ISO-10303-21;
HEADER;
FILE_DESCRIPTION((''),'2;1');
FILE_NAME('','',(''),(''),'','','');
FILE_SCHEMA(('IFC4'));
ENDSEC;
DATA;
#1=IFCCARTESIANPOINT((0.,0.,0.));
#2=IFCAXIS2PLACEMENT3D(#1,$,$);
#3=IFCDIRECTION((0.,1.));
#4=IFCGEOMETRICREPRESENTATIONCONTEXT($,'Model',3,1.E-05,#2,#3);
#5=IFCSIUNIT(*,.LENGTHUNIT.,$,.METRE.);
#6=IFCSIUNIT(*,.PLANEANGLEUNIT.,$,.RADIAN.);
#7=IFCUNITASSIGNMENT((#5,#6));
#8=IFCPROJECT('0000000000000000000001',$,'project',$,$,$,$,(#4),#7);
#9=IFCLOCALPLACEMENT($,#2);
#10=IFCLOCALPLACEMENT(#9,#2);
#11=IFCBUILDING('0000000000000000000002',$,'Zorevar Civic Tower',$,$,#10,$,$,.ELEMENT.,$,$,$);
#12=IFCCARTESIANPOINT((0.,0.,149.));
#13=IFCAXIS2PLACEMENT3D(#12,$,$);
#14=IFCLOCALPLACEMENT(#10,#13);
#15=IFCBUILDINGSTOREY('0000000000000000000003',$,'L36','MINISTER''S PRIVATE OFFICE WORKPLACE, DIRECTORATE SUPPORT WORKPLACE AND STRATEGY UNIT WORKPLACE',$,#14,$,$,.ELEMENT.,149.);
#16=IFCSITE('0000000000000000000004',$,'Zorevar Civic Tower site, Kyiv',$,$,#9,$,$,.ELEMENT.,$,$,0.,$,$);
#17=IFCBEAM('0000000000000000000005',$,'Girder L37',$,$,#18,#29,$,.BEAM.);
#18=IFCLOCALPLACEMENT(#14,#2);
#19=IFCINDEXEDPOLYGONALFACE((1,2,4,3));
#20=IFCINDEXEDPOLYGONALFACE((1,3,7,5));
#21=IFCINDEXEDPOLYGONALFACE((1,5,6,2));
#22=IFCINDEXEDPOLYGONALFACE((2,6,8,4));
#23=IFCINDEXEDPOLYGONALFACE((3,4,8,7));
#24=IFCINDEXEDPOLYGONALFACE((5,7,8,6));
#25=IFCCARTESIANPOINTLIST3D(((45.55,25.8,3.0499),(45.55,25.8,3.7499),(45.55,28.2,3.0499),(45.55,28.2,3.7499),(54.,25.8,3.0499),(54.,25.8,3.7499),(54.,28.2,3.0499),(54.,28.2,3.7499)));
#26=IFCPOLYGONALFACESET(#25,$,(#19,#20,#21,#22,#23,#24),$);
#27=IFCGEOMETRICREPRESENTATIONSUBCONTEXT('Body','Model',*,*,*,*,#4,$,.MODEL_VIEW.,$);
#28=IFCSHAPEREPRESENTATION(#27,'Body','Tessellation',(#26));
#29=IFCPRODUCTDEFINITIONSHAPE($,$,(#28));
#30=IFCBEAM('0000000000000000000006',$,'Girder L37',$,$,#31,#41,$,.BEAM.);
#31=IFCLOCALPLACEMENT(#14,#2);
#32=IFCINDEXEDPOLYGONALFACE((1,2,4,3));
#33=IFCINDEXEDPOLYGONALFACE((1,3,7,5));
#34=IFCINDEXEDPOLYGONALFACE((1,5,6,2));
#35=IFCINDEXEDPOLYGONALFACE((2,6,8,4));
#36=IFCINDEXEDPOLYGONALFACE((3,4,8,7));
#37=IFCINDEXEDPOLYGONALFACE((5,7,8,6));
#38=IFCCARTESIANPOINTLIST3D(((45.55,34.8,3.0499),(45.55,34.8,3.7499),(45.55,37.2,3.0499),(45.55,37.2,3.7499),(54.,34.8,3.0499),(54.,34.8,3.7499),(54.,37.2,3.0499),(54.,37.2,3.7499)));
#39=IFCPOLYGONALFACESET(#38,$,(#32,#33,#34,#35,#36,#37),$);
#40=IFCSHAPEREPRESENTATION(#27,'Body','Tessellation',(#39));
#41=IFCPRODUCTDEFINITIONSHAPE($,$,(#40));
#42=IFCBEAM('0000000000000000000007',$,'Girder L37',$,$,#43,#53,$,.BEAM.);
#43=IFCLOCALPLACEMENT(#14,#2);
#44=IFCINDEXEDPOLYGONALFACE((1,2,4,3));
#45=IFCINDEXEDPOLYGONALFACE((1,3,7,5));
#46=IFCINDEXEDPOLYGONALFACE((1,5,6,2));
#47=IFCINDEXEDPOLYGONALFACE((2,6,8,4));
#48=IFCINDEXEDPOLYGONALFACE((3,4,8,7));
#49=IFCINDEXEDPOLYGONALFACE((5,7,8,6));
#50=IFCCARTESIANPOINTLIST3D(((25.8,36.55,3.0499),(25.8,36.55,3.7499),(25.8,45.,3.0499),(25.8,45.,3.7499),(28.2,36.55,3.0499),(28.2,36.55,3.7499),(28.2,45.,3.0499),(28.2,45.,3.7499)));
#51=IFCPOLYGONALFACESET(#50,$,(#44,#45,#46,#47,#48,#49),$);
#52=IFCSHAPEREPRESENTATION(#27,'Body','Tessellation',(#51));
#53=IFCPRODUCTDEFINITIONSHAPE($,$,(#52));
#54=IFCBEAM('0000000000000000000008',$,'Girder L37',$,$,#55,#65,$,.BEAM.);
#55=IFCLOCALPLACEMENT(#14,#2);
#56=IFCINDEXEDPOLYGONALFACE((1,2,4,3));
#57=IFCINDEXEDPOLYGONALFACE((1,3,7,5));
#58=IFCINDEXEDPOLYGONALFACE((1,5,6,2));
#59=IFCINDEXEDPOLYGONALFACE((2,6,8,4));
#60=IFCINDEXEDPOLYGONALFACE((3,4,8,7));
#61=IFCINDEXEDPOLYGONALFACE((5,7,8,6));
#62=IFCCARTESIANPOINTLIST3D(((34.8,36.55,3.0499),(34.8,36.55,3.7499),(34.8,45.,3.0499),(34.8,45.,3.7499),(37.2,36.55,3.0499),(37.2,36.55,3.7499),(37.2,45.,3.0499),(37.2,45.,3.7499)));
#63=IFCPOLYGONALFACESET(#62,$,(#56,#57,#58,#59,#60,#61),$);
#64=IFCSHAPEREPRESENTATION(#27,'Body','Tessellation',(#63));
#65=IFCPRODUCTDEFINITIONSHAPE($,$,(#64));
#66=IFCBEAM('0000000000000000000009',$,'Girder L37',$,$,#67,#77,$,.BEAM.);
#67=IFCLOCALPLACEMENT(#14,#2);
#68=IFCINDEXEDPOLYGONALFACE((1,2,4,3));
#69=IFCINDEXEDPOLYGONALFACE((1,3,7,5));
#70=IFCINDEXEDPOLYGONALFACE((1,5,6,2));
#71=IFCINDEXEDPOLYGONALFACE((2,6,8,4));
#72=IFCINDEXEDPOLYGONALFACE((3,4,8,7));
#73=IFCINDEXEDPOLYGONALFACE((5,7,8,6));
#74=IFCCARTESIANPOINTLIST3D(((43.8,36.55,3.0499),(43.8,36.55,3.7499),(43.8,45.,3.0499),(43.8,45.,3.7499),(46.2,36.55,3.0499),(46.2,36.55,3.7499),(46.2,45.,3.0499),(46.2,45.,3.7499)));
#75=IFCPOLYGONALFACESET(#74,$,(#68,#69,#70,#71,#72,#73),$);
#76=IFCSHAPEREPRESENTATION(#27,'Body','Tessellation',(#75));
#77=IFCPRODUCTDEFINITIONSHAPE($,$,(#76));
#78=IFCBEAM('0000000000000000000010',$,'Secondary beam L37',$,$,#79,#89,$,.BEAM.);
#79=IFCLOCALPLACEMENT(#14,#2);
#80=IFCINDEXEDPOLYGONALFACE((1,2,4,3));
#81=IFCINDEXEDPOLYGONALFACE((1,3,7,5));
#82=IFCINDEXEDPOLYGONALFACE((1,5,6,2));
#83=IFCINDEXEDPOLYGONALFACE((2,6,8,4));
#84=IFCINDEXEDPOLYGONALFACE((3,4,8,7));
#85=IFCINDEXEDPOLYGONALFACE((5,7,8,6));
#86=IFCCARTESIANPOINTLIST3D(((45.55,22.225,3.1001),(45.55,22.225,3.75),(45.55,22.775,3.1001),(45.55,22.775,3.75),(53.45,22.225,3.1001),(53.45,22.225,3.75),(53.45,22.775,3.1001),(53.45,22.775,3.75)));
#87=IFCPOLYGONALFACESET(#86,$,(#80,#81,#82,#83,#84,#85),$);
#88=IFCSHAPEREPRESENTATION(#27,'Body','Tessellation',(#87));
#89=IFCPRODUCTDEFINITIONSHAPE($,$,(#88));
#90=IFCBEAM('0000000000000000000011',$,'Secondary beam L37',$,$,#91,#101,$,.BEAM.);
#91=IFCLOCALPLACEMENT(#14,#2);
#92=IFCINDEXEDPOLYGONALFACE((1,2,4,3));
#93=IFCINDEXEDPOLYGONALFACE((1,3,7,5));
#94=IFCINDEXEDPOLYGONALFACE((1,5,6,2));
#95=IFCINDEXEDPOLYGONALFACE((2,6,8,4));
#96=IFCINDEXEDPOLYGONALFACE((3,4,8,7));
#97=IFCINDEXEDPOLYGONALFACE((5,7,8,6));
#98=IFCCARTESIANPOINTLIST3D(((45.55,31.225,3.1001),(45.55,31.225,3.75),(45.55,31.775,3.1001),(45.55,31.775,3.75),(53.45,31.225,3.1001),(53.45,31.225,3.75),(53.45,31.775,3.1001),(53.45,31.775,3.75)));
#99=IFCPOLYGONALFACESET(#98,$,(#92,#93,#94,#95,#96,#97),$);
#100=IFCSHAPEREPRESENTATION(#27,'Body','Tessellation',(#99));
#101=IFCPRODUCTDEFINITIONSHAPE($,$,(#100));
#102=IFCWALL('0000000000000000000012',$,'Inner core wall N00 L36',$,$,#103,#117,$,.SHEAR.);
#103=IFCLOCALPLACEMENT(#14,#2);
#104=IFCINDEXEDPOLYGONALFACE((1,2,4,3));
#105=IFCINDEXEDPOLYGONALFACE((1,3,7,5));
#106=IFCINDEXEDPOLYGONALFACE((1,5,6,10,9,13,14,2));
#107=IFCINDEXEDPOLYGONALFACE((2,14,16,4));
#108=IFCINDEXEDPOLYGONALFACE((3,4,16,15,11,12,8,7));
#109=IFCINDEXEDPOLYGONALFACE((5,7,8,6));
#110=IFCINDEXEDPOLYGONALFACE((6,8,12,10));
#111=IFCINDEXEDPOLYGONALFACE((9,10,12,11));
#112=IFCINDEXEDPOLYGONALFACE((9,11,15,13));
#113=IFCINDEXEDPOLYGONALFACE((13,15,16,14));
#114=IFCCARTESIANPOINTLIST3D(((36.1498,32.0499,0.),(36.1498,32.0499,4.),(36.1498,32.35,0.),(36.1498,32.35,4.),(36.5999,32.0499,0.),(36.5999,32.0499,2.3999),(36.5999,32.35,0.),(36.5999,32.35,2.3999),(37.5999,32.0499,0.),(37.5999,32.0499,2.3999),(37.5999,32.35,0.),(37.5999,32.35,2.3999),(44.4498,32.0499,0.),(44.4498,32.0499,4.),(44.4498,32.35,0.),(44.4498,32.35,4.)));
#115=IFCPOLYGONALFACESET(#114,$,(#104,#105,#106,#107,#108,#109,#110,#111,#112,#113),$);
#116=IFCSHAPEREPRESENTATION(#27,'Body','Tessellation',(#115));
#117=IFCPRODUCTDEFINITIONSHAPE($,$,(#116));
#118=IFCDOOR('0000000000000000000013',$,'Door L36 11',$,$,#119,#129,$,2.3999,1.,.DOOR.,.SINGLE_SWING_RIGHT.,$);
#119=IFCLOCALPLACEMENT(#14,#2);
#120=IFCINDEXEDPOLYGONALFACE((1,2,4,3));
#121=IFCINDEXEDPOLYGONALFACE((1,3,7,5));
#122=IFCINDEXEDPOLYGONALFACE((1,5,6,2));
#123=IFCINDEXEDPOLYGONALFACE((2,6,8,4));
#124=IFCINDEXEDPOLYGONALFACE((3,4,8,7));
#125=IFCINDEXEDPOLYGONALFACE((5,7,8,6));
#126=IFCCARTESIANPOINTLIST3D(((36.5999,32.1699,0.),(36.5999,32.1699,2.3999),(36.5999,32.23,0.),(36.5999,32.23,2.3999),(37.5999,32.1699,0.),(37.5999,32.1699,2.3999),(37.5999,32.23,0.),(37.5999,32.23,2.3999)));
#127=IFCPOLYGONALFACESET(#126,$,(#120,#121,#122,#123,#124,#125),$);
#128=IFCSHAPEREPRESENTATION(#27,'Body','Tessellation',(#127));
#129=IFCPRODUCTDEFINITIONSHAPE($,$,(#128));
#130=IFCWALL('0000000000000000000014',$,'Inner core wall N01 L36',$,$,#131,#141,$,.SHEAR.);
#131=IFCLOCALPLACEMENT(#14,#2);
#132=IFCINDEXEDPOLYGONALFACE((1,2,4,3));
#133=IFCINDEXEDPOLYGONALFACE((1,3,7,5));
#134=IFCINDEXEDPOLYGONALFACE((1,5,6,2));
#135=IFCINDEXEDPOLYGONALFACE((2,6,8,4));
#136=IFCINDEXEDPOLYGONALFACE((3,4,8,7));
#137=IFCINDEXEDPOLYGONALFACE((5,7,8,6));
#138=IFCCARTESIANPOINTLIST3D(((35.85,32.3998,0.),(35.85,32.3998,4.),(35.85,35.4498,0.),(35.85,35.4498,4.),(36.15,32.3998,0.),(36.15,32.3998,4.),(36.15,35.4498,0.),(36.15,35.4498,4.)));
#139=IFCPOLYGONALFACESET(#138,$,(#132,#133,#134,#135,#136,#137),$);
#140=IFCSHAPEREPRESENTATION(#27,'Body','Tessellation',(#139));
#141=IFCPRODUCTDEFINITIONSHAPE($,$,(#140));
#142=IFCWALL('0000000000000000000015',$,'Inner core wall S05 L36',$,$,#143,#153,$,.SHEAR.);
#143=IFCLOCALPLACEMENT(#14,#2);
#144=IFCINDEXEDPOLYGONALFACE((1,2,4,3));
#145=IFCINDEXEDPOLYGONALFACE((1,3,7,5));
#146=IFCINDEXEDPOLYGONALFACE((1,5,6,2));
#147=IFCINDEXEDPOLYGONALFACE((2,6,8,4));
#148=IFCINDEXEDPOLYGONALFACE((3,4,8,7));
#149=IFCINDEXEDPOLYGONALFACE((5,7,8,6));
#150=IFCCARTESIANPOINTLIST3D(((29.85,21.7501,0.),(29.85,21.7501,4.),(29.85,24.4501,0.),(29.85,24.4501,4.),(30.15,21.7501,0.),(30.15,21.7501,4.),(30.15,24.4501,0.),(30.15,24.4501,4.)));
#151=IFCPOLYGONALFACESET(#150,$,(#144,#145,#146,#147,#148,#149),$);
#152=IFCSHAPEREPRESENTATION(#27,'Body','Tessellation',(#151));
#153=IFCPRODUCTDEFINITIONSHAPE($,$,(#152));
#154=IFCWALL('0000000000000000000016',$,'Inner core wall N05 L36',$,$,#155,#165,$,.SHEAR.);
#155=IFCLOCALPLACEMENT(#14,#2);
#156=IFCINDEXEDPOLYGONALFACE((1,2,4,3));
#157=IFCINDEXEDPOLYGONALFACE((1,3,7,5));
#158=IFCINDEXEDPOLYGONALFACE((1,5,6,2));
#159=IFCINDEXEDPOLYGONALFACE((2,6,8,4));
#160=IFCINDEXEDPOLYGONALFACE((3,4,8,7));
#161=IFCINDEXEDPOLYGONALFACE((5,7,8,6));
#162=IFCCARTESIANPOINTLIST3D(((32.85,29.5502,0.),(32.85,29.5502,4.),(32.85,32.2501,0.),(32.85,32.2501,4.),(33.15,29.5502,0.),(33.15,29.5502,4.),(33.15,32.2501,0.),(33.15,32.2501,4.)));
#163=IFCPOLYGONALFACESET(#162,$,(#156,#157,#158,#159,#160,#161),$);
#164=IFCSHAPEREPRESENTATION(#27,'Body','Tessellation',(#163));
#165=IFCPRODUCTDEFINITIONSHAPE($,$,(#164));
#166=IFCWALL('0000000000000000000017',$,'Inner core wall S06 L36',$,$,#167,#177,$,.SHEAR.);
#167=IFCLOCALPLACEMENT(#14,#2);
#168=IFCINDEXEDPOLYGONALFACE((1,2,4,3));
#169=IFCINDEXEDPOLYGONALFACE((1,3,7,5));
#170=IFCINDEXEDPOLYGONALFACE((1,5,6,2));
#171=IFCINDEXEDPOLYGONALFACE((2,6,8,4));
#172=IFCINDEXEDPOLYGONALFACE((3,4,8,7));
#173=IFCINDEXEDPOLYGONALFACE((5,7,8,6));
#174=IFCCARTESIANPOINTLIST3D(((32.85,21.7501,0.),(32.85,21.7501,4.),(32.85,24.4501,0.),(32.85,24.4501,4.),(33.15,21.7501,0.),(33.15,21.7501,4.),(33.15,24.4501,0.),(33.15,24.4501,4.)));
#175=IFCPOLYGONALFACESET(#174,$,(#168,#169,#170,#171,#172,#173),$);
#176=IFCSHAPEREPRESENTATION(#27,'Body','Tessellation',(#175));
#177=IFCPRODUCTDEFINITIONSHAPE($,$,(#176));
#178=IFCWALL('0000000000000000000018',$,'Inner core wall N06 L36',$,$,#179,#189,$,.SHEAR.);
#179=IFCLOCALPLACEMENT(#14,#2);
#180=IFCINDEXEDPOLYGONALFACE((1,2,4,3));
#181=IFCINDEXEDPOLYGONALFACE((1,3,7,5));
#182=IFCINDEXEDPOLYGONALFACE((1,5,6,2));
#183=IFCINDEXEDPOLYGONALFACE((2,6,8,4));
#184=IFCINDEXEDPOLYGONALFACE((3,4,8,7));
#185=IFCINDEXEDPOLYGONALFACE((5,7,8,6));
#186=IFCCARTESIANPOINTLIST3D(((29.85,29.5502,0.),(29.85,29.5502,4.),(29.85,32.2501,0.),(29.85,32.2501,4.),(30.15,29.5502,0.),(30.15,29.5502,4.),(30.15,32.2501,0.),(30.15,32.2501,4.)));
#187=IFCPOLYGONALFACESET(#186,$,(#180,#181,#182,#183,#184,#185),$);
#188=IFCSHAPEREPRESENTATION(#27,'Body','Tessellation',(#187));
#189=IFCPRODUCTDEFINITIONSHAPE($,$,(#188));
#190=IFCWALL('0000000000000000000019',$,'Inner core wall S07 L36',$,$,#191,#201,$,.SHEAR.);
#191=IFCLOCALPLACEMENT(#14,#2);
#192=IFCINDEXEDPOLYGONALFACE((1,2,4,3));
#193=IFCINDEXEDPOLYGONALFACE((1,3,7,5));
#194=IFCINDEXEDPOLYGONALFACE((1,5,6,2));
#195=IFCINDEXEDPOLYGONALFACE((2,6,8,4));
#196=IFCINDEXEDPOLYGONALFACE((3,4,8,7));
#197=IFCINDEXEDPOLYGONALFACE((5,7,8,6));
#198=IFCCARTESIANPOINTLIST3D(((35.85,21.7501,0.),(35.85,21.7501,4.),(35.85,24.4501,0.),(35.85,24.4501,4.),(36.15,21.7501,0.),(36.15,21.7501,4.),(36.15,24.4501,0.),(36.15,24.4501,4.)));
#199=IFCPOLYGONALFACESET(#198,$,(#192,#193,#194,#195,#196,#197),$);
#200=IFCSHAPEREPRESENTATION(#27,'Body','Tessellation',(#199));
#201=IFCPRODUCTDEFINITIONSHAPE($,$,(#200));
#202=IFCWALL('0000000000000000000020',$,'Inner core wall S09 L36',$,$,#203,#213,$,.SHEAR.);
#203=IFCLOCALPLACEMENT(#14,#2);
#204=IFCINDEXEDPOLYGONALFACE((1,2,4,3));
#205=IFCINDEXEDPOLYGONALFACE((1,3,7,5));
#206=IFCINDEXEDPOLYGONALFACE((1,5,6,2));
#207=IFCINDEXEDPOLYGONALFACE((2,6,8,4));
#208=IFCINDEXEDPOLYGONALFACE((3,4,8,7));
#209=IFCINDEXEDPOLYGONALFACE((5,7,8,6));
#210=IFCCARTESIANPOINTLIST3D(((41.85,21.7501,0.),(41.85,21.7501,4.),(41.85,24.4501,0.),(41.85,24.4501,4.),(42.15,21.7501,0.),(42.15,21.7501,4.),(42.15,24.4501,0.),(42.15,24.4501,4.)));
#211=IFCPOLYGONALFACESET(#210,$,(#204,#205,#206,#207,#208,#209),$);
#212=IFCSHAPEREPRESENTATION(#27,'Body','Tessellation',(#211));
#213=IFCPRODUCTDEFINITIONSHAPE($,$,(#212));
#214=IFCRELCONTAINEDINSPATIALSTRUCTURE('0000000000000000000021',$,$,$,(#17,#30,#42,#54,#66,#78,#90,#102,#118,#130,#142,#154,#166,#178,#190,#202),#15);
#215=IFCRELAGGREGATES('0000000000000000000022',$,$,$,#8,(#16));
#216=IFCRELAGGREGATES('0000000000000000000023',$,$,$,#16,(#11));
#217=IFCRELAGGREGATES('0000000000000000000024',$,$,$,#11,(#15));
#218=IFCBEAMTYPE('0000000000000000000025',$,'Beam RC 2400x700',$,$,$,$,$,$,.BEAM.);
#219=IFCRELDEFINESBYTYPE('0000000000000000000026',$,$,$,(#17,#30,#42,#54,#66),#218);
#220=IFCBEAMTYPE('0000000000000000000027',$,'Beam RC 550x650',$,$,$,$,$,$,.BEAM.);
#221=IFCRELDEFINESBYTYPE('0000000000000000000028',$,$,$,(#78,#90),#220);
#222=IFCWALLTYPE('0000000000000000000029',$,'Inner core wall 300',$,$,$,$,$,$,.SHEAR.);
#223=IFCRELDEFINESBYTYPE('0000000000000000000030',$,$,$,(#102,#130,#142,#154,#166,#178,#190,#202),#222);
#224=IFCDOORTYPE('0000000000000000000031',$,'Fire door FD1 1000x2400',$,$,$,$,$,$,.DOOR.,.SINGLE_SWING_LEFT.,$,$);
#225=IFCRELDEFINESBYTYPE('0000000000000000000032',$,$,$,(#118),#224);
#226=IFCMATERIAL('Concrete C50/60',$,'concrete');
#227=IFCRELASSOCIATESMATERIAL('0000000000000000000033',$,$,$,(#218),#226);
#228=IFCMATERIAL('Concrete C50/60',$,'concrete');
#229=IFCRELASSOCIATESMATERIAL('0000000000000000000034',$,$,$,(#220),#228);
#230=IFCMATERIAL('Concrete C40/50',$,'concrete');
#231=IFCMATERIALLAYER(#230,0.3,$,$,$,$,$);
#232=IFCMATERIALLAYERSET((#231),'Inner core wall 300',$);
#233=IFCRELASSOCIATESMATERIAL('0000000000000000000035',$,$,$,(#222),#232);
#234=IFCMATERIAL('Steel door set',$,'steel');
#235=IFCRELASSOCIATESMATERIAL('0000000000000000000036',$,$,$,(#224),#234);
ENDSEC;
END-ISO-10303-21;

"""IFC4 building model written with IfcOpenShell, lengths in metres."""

from ifc_helpers import new_model, si_unit, direction, frame, frame_2d, origin, origin_2d, place, context, subcontext, project, spatial, rectangle, extrude, material, layer, layer_set, material_profile, profile_set, type_object, element, fill, save


model = new_model("IFC4")

# Units and contexts
model_context = context("Model", 3, precision=1e-05, world=origin(), true_north=direction((0.0, 1.0)))
body_context = subcontext(model_context, "Body", "Model", "MODEL_VIEW")
ifc_project = project(units=[si_unit("LENGTHUNIT", "METRE"), si_unit("PLANEANGLEUNIT", "RADIAN")], contexts=[model_context])

# Site, building, storey
site_placement = place(None, origin())
site = spatial("IfcSite", under=ifc_project, at=site_placement, Name="Zorevar Civic Tower site, Kyiv", CompositionType="ELEMENT", RefElevation=0.0)
building_placement = place(site_placement, origin())
building = spatial("IfcBuilding", under=site, at=building_placement, Name="Zorevar Civic Tower", CompositionType="ELEMENT")
storey_placement = place(building_placement, frame((0.0, 0.0, 149.0)))
storey = spatial("IfcBuildingStorey", under=building, at=storey_placement, Name="L36", Description="MINISTER'S PRIVATE OFFICE WORKPLACE, DIRECTORATE SUPPORT WORKPLACE AND STRATEGY UNIT WORKPLACE", CompositionType="ELEMENT", Elevation=149.0)

# Beams
ifc_material_1 = material(Name="Concrete C50/60", Category="concrete")
ifc_material_profile_1 = material_profile(ifc_material_1, rectangle(XDim=2.3999, YDim=0.7, at=origin_2d()), Name="RC 2400x700")
ifc_profile_set_1 = profile_set([ifc_material_profile_1], Name="Concrete C50/60")
beam_type_1 = type_object("IfcBeamType", Name="Beam RC 2400x700", PredefinedType="BEAM", material=ifc_profile_set_1)
for number, where, z_axis, x_axis, name in (
    (1, (45.55, 27.0, 3.3999), (1.0, 0.0, 0.0), (0.0, 1.0, 0.0), "Girder L37"),
    (2, (45.55, 36.0, 3.3999), (1.0, 0.0, 0.0), (0.0, 1.0, 0.0), "Girder L37"),
    (3, (27.0, 36.55, 3.3999), (0.0, 1.0, 0.0), (-1.0, 0.0, 0.0), "Girder L37"),
    (4, (36.0, 36.55, 3.3999), (0.0, 1.0, 0.0), (-1.0, 0.0, 0.0), "Girder L37"),
    (5, (45.0, 36.55, 3.3999), (0.0, 1.0, 0.0), (-1.0, 0.0, 0.0), "Girder L37"),
):
    element("IfcBeam", number, at=place(storey_placement, frame(where, z_axis=z_axis, x_axis=x_axis)), inside=storey, type_object=beam_type_1, Name=name, PredefinedType="BEAM", context=body_context, shape_type="SweptSolid", body=[
        extrude(rectangle(XDim=2.3999, YDim=0.7, at=origin_2d()), origin(), (0.0, 0.0, 1.0), 8.45),
    ])
ifc_material_2 = material(Name="Concrete C50/60", Category="concrete")
ifc_material_profile_2 = material_profile(ifc_material_2, rectangle(XDim=0.55, YDim=0.6499, at=origin_2d()), Name="RC 550x650")
ifc_profile_set_2 = profile_set([ifc_material_profile_2], Name="Concrete C50/60")
beam_type_2 = type_object("IfcBeamType", Name="Beam RC 550x650", PredefinedType="BEAM", material=ifc_profile_set_2)
for number, where, z_axis, x_axis, name in (
    (6, (45.55, 22.5, 3.425), (1.0, 0.0, 0.0), (0.0, 1.0, 0.0), "Secondary beam L37"),
    (7, (45.55, 31.5, 3.425), (1.0, 0.0, 0.0), (0.0, 1.0, 0.0), "Secondary beam L37"),
):
    element("IfcBeam", number, at=place(storey_placement, frame(where, z_axis=z_axis, x_axis=x_axis)), inside=storey, type_object=beam_type_2, Name=name, PredefinedType="BEAM", context=body_context, shape_type="SweptSolid", body=[
        extrude(rectangle(XDim=0.55, YDim=0.6499, at=origin_2d()), origin(), (0.0, 0.0, 1.0), 7.8999),
    ])

# Wall, opening, door
ifc_material_3 = material(Name="Concrete C40/50", Category="concrete")
ifc_layer_1 = layer(ifc_material_3, 0.3)
ifc_layer_set_1 = layer_set([ifc_layer_1], Name="Inner core wall 300")
wall_type_1 = type_object("IfcWallType", Name="Inner core wall 300", PredefinedType="SHEAR", material=ifc_layer_set_1)
wall_1_placement = place(storey_placement, frame((36.1499, 32.2, 0.0), z_axis=(0.0, 0.0, 1.0), x_axis=(1.0, 0.0, 0.0)))
wall_1 = element("IfcWall", 8, at=wall_1_placement, inside=storey, type_object=wall_type_1, Name="Inner core wall N00 L36", PredefinedType="SHEAR", context=body_context, shape_type="SweptSolid", body=[
    extrude(rectangle(XDim=8.3, YDim=0.3, at=frame_2d((4.1499, 0.0))), origin(), (0.0, 0.0, 1.0), 4.0),
])
opening_1_placement = place(wall_1_placement, frame((0.45, 0.0, 0.0)))
opening_1 = element("IfcOpeningElement", 9, at=opening_1_placement, cuts=wall_1, PredefinedType="OPENING", context=body_context, shape_type="SweptSolid", body=[
    extrude(rectangle(XDim=1.0, YDim=2.3999, at=frame_2d((0.5, 1.2))), frame((0.0, 0.1599, 0.0), z_axis=(0.0, -1.0, 0.0), x_axis=(1.0, 0.0, 0.0)), (0.0, 0.0, 1.0), 0.3201),
])
ifc_material_4 = material(Name="Steel door set", Category="steel")
door_type_1 = type_object("IfcDoorType", Name="Fire door FD1 1000x2400", OperationType="SINGLE_SWING_LEFT", PredefinedType="DOOR", material=ifc_material_4)
door_1_placement = place(opening_1_placement, origin())
door_1 = element("IfcDoor", 10, at=door_1_placement, inside=storey, type_object=door_type_1, Name="Door L36 11", OperationType="SINGLE_SWING_RIGHT", OverallHeight=2.3999, OverallWidth=1.0, PredefinedType="DOOR", context=body_context, shape_type="SweptSolid", body=[
    extrude(rectangle(XDim=1.0, YDim=2.3999, at=frame_2d((0.5, 1.2))), frame((0.0, 0.03, 0.0), z_axis=(0.0, -1.0, 0.0), x_axis=(1.0, 0.0, 0.0)), (0.0, 0.0, 1.0), 0.0601),
])
fill(opening_1, door_1)

# Wall
wall_2_placement = place(storey_placement, frame((36.0, 32.3999, 0.0), z_axis=(0.0, 0.0, 1.0), x_axis=(0.0, 1.0, 0.0)))
element("IfcWall", 11, at=wall_2_placement, inside=storey, type_object=wall_type_1, Name="Inner core wall N01 L36", PredefinedType="SHEAR", context=body_context, shape_type="SweptSolid", body=[
    extrude(rectangle(XDim=3.05, YDim=0.3, at=frame_2d((1.5249, 0.0))), origin(), (0.0, 0.0, 1.0), 4.0),
])

# Walls
for number, where, z_axis, x_axis, name in (
    (12, (30.0, 21.75, 0.0), (0.0, 0.0, 1.0), (0.0, 1.0, 0.0), "Inner core wall S05 L36"),
    (13, (33.0, 29.55, 0.0), (0.0, 0.0, 1.0), (0.0, 1.0, 0.0), "Inner core wall N05 L36"),
    (14, (33.0, 21.75, 0.0), (0.0, 0.0, 1.0), (0.0, 1.0, 0.0), "Inner core wall S06 L36"),
    (15, (30.0, 29.55, 0.0), (0.0, 0.0, 1.0), (0.0, 1.0, 0.0), "Inner core wall N06 L36"),
    (16, (36.0, 21.75, 0.0), (0.0, 0.0, 1.0), (0.0, 1.0, 0.0), "Inner core wall S07 L36"),
    (17, (42.0, 21.75, 0.0), (0.0, 0.0, 1.0), (0.0, 1.0, 0.0), "Inner core wall S09 L36"),
):
    element("IfcWall", number, at=place(storey_placement, frame(where, z_axis=z_axis, x_axis=x_axis)), inside=storey, type_object=wall_type_1, Name=name, PredefinedType="SHEAR", context=body_context, shape_type="SweptSolid", body=[
        extrude(rectangle(XDim=2.7, YDim=0.3, at=frame_2d((1.3501, 0.0))), origin(), (0.0, 0.0, 1.0), 4.0),
    ])

save(model, "model.ifc")
